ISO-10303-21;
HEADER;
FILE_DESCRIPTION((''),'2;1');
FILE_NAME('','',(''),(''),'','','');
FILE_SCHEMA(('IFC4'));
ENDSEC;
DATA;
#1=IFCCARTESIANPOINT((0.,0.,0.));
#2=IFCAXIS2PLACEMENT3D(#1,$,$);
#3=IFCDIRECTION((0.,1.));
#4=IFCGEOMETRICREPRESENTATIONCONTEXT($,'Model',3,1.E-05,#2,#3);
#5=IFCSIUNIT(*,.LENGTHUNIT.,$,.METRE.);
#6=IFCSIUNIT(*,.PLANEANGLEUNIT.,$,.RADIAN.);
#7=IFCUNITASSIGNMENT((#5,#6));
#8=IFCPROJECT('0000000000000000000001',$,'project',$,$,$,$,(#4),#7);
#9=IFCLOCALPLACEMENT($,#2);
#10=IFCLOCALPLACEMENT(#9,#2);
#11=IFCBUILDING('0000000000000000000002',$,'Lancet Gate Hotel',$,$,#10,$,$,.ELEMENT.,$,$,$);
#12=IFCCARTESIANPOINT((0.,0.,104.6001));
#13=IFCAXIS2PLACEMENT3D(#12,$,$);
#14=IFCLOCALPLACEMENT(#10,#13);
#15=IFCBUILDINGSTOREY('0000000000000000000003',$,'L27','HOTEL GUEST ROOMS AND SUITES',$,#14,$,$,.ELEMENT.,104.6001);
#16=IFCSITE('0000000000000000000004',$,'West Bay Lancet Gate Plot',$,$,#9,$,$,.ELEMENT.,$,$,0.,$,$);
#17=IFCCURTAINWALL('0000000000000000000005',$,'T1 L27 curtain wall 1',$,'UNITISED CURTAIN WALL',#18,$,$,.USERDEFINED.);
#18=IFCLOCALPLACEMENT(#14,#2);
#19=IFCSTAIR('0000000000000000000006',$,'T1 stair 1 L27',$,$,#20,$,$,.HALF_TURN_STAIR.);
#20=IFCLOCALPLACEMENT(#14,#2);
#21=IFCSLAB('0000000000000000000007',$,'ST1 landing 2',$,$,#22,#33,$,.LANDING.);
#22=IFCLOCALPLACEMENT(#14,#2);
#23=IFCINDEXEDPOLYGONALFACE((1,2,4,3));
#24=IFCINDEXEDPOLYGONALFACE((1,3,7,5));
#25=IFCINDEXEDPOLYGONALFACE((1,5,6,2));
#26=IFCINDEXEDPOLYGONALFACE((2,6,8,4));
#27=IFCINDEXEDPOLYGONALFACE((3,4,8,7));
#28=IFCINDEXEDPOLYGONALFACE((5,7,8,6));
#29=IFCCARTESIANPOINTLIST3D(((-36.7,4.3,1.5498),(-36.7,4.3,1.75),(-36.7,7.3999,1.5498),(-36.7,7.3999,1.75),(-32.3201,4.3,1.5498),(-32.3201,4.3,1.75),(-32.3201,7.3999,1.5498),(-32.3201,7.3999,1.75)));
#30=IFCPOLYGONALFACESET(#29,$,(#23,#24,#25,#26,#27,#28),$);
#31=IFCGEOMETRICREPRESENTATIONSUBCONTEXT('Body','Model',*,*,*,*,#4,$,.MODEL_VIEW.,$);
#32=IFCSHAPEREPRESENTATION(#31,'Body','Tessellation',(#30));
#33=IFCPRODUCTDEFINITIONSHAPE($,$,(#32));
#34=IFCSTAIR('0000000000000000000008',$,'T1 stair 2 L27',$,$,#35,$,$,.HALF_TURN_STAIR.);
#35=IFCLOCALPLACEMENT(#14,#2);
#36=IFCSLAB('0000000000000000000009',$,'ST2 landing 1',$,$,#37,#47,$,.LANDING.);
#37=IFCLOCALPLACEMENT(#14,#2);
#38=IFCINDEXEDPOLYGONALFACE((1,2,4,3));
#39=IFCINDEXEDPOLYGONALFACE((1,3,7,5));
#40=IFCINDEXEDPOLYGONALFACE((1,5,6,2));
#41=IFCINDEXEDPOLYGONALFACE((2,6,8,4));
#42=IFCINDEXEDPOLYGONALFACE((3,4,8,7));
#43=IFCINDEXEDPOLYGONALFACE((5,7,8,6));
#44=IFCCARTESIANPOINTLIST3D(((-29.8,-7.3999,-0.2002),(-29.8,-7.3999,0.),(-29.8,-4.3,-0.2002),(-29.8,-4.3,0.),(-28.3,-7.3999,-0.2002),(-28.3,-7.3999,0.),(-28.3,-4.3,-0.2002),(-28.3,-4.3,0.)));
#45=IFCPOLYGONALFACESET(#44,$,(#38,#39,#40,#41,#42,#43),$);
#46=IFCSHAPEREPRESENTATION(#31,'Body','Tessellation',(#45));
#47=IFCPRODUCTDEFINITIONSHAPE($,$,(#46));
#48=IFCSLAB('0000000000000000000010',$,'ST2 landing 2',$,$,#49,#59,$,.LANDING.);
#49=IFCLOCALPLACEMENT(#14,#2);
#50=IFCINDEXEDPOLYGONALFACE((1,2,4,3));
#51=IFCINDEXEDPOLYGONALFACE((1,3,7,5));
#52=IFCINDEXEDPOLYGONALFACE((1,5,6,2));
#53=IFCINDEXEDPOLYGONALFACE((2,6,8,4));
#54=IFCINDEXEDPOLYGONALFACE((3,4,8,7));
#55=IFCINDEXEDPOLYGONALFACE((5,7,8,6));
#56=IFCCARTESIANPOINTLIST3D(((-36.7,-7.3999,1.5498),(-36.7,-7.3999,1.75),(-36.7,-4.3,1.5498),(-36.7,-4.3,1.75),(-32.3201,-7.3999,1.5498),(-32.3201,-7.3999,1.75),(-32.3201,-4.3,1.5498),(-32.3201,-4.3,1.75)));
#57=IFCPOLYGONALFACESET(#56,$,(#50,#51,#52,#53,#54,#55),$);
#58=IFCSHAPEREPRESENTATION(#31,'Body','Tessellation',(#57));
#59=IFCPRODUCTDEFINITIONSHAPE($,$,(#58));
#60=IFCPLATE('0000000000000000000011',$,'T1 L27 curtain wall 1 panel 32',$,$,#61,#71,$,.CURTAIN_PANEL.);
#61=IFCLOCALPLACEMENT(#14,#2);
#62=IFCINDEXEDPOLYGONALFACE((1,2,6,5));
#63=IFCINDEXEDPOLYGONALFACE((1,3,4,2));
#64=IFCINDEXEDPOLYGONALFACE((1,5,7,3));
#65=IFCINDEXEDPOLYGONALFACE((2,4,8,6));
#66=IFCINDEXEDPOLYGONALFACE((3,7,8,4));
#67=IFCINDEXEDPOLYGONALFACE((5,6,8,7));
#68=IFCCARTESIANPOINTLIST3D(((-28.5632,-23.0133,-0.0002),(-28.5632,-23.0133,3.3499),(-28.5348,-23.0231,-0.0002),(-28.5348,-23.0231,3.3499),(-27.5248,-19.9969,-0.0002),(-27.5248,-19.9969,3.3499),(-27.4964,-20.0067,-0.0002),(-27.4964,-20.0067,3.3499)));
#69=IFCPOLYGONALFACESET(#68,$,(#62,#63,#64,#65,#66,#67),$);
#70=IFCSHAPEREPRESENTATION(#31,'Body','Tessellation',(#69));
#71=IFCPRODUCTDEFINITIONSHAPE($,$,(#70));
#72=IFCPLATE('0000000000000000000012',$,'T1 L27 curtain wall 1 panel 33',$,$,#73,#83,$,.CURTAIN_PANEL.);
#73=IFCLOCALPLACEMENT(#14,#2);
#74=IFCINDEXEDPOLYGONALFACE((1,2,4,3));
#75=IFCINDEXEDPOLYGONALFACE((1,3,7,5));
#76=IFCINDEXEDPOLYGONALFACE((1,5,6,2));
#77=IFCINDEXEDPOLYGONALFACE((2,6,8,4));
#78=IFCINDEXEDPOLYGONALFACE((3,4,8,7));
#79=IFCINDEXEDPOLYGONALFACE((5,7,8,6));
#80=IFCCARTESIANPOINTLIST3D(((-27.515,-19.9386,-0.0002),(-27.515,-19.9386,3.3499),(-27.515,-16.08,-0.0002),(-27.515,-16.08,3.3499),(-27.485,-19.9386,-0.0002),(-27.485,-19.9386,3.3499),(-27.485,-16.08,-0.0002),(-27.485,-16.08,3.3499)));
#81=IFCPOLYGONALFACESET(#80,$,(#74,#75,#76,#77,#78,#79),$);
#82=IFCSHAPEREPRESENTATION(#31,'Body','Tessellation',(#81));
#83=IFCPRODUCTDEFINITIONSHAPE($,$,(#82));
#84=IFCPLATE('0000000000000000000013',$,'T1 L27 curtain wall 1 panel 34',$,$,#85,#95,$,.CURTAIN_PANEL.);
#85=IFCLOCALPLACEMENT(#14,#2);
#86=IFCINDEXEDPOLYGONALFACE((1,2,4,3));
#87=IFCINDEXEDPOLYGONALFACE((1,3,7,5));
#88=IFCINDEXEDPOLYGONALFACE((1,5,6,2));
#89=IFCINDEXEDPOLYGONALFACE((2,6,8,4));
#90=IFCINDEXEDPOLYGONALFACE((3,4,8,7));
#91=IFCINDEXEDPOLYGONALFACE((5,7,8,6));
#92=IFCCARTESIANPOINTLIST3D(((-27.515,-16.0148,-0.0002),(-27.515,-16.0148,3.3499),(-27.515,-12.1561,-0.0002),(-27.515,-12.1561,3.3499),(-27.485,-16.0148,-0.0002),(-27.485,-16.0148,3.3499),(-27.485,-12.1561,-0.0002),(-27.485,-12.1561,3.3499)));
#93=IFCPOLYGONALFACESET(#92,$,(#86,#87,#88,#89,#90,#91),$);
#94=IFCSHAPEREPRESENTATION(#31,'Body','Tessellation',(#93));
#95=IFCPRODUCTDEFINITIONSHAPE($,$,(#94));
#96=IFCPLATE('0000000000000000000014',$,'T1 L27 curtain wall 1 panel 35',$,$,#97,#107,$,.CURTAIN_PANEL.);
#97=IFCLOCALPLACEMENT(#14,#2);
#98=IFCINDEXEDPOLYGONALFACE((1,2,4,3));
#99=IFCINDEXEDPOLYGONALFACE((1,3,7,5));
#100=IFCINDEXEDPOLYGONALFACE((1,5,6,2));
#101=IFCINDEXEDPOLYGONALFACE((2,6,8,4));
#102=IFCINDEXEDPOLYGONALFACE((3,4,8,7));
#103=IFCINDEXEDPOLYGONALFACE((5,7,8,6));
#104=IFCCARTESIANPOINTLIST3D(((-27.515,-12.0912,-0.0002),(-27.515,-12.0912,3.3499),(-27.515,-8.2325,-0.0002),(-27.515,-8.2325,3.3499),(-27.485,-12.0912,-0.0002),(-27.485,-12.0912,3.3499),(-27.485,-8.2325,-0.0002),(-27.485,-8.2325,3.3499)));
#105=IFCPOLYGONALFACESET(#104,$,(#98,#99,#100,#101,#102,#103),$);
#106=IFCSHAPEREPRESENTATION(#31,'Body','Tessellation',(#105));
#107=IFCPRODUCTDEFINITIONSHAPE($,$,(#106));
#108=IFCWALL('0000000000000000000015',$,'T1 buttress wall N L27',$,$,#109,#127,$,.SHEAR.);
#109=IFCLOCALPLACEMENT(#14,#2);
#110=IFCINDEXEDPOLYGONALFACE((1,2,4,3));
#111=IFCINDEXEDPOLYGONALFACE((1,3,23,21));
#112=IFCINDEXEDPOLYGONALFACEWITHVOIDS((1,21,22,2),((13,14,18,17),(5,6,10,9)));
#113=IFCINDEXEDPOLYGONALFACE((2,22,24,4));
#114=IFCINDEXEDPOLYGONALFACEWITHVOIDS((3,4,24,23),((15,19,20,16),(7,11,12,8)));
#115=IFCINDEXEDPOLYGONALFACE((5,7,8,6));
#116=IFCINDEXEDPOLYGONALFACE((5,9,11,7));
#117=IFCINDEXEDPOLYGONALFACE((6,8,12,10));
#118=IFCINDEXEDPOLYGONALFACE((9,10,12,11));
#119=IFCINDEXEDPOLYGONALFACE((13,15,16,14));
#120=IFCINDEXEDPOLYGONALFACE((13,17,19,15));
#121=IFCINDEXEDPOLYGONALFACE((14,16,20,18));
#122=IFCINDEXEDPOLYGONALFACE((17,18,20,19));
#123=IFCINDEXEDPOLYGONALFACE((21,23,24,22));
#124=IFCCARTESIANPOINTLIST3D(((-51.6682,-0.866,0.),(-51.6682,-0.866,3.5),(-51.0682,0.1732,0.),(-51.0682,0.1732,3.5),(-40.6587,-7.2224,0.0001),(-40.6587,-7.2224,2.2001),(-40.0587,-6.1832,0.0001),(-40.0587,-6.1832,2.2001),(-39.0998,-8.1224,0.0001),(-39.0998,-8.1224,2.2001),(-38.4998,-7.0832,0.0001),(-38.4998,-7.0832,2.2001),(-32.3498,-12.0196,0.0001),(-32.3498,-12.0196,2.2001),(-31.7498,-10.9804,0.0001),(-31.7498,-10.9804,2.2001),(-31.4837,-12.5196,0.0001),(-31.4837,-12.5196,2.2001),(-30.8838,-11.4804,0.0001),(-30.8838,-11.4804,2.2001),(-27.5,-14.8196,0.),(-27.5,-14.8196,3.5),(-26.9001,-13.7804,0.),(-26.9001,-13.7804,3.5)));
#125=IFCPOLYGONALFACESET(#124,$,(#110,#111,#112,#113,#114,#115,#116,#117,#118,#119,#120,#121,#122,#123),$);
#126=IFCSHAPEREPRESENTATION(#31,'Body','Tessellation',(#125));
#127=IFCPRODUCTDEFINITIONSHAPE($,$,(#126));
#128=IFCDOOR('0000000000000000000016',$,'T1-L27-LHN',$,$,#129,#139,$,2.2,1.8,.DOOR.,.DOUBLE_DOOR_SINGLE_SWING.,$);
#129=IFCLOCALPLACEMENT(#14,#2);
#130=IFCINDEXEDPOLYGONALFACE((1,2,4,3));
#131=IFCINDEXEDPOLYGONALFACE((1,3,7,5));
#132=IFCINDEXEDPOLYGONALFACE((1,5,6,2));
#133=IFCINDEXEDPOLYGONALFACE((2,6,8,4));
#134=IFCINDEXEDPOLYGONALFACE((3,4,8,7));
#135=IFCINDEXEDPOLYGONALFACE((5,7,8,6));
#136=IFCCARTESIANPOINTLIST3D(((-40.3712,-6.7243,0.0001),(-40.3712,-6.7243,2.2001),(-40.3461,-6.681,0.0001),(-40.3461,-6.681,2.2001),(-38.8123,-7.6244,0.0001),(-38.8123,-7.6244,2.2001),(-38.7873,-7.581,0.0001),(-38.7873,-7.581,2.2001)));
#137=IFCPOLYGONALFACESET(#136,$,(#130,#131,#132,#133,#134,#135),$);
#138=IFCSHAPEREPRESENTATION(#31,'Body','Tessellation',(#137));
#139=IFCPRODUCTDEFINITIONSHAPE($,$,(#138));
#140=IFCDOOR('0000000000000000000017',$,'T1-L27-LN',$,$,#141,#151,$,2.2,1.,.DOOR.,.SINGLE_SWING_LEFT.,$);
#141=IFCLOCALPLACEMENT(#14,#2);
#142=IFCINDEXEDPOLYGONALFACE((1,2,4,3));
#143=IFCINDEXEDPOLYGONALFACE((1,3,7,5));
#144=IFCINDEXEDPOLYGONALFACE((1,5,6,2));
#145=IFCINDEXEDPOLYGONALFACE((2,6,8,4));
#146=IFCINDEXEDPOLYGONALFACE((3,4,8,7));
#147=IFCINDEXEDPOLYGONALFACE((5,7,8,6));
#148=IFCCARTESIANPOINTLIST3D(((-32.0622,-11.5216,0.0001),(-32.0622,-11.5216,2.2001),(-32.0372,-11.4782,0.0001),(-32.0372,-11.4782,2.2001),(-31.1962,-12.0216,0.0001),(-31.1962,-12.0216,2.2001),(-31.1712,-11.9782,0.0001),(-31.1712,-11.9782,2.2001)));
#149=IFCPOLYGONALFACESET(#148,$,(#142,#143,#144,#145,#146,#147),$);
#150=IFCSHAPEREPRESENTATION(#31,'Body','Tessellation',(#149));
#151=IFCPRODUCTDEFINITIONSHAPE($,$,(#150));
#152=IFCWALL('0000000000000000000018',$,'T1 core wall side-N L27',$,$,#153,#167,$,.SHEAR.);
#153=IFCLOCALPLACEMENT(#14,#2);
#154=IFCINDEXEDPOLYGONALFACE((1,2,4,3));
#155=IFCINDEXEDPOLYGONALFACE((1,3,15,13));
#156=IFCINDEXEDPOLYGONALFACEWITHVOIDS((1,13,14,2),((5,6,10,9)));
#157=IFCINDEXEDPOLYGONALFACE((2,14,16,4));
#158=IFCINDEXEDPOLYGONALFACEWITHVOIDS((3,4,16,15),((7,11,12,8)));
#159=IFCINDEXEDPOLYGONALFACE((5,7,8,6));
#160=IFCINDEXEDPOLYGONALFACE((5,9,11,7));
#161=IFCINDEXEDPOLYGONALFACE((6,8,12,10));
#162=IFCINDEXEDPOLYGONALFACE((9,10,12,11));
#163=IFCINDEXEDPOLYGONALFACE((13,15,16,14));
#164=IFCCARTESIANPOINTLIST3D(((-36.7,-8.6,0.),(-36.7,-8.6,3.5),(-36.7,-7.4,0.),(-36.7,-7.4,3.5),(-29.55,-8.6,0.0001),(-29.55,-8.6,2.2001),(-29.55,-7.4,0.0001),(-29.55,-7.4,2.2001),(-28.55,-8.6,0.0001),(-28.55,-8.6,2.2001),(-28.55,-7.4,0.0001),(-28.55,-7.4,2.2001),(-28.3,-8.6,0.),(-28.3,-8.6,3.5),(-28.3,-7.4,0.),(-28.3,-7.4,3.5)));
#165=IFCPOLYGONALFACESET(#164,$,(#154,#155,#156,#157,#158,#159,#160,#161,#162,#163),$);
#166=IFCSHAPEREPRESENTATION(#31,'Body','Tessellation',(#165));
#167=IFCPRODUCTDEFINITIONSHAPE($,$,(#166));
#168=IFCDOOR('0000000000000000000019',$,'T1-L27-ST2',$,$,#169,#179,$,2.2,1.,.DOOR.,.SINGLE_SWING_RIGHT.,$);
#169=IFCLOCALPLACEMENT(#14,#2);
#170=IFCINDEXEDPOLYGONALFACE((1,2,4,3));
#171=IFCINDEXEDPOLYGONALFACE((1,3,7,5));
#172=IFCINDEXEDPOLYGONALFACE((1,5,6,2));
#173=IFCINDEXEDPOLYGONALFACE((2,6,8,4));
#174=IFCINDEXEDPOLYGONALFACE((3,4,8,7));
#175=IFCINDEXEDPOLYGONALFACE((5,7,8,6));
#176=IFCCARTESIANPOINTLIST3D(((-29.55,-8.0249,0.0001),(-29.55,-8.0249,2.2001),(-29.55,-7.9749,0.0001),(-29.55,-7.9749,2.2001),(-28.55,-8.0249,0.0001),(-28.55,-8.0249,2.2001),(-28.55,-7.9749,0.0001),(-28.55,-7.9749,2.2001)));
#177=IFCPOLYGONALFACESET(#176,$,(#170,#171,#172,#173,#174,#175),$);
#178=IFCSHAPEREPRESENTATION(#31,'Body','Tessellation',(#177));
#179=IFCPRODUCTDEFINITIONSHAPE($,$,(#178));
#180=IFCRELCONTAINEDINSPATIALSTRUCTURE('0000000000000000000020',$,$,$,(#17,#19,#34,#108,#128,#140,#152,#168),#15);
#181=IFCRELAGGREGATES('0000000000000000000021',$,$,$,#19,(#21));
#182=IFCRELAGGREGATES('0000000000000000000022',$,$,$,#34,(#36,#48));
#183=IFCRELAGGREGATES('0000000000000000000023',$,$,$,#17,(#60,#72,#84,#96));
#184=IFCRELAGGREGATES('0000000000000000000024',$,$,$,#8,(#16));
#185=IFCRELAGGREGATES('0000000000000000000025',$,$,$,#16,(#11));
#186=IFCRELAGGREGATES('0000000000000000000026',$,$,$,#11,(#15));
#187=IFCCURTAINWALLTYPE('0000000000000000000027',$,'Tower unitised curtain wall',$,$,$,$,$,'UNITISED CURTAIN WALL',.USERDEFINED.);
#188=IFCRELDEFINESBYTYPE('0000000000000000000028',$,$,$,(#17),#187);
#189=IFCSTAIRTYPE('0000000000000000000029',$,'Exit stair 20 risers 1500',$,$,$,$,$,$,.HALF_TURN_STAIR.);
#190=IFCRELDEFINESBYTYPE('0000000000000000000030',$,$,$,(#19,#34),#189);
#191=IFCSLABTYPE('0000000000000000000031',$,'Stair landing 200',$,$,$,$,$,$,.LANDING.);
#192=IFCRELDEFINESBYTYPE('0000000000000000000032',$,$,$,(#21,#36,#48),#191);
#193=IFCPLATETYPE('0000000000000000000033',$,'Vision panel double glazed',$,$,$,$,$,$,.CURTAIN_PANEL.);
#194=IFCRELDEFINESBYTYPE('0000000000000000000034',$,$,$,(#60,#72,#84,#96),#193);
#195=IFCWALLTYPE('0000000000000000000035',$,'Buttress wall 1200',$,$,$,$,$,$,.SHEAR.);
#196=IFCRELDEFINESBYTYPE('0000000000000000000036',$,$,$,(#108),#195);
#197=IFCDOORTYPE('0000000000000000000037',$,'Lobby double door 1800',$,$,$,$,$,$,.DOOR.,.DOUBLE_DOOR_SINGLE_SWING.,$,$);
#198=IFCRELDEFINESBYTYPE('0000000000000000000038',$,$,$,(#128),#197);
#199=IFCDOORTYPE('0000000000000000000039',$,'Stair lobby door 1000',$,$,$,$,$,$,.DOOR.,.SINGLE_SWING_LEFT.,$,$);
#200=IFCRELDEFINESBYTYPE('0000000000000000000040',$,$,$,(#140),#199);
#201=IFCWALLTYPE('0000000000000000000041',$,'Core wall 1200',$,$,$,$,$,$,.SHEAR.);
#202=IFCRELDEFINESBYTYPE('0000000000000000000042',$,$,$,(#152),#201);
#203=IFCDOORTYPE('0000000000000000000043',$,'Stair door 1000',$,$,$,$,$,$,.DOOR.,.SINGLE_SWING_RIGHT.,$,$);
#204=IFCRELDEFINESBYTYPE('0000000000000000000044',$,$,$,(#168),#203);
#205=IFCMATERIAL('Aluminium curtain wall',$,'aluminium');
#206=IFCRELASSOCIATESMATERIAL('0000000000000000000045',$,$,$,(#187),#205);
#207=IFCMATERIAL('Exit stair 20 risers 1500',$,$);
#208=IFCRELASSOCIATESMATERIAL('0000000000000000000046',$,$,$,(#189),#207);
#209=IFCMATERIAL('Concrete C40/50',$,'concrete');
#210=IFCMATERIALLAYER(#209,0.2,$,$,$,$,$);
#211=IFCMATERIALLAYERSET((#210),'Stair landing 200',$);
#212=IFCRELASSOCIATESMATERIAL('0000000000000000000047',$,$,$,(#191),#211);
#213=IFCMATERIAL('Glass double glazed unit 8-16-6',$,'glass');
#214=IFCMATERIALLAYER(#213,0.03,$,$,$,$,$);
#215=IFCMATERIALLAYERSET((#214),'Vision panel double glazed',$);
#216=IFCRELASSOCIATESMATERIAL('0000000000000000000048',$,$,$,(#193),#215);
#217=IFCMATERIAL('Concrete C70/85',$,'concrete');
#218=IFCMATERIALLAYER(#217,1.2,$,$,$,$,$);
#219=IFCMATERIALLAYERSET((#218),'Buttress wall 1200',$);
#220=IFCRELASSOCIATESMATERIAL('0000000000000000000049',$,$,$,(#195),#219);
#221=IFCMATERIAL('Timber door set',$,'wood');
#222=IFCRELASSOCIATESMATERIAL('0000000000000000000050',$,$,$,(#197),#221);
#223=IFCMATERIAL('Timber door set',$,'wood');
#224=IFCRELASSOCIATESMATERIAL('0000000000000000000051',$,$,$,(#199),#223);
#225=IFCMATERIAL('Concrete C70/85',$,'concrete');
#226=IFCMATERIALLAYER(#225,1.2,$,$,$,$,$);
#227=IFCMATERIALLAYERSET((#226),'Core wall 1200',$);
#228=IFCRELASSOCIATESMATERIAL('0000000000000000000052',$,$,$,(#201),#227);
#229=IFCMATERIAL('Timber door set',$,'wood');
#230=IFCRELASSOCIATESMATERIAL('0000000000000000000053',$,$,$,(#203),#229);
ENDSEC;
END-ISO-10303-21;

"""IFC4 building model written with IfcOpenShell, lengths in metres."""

from ifc_helpers import new_model, si_unit, direction, frame, frame_2d, origin, origin_2d, place, context, subcontext, project, spatial, polyline, rectangle, outline, extrude, material, layer, layer_set, type_object, element, fill, aggregate, save


model = new_model("IFC4")

# Units and contexts
model_context = context("Model", 3, precision=1e-05, world=origin(), true_north=direction((0.0, 1.0)))
body_context = subcontext(model_context, "Body", "Model", "MODEL_VIEW")
ifc_project = project(units=[si_unit("LENGTHUNIT", "METRE"), si_unit("PLANEANGLEUNIT", "RADIAN")], contexts=[model_context])

# Site, building, storey
site_placement = place(None, origin())
site = spatial("IfcSite", under=ifc_project, at=site_placement, Name="West Bay Lancet Gate Plot", CompositionType="ELEMENT", RefElevation=0.0)
building_placement = place(site_placement, origin())
building = spatial("IfcBuilding", under=site, at=building_placement, Name="Lancet Gate Hotel", CompositionType="ELEMENT")
storey_placement = place(building_placement, frame((0.0, 0.0, 104.6001)))
storey = spatial("IfcBuildingStorey", under=building, at=storey_placement, Name="L27", Description="HOTEL GUEST ROOMS AND SUITES", CompositionType="ELEMENT", Elevation=104.6001)

# Curtain wall
ifc_material_1 = material(Name="Aluminium curtain wall", Category="aluminium")
curtain_wall_type = type_object("IfcCurtainWallType", Name="Tower unitised curtain wall", ElementType="UNITISED CURTAIN WALL", PredefinedType="USERDEFINED", material=ifc_material_1)
curtain_wall_placement = place(storey_placement, origin())
curtain_wall = element("IfcCurtainWall", 1, at=curtain_wall_placement, inside=storey, type_object=curtain_wall_type, Name="T1 L27 curtain wall 1", ObjectType="UNITISED CURTAIN WALL", PredefinedType="USERDEFINED")

# Stairs, slabs
ifc_material_2 = material(Name="Exit stair 20 risers 1500")
stair_type = type_object("IfcStairType", Name="Exit stair 20 risers 1500", PredefinedType="HALF_TURN_STAIR", material=ifc_material_2)
stair_1_placement = place(storey_placement, origin())
stair_1 = element("IfcStair", 2, at=stair_1_placement, inside=storey, type_object=stair_type, Name="T1 stair 1 L27", PredefinedType="HALF_TURN_STAIR")
ifc_material_3 = material(Name="Concrete C40/50", Category="concrete")
ifc_layer_1 = layer(ifc_material_3, 0.2)
ifc_layer_set_1 = layer_set([ifc_layer_1], Name="Stair landing 200")
slab_type_1 = type_object("IfcSlabType", Name="Stair landing 200", PredefinedType="LANDING", material=ifc_layer_set_1)
slab_1_placement = place(storey_placement, frame((0.0, 0.0, 1.5498)))
slab_1 = element("IfcSlab", 3, at=slab_1_placement, type_object=slab_type_1, Name="ST1 landing 2", PredefinedType="LANDING", context=body_context, shape_type="SweptSolid", body=[
    extrude(outline(polyline([(-32.3201, 7.3999), (-36.7, 7.3999), (-36.7, 4.3), (-32.3201, 4.3), (-32.3201, 7.3999)])), origin(), (0.0, 0.0, 1.0), 0.2002),
])
aggregate(stair_1, [slab_1])
stair_2_placement = place(storey_placement, origin())
stair_2 = element("IfcStair", 4, at=stair_2_placement, inside=storey, type_object=stair_type, Name="T1 stair 2 L27", PredefinedType="HALF_TURN_STAIR")
slab_2_placement = place(storey_placement, frame((0.0, 0.0, -0.2002)))
slab_2 = element("IfcSlab", 5, at=slab_2_placement, type_object=slab_type_1, Name="ST2 landing 1", PredefinedType="LANDING", context=body_context, shape_type="SweptSolid", body=[
    extrude(outline(polyline([(-28.3, -4.3), (-29.8, -4.3), (-29.8, -7.3999), (-28.3, -7.3999), (-28.3, -4.3)])), origin(), (0.0, 0.0, 1.0), 0.2002),
])
slab_3_placement = place(storey_placement, frame((0.0, 0.0, 1.5498)))
slab_3 = element("IfcSlab", 6, at=slab_3_placement, type_object=slab_type_1, Name="ST2 landing 2", PredefinedType="LANDING", context=body_context, shape_type="SweptSolid", body=[
    extrude(outline(polyline([(-32.3201, -4.3), (-36.7, -4.3), (-36.7, -7.3999), (-32.3201, -7.3999), (-32.3201, -4.3)])), origin(), (0.0, 0.0, 1.0), 0.2002),
])
aggregate(stair_2, [slab_2, slab_3])

# Plates
ifc_material_4 = material(Name="Glass double glazed unit 8-16-6", Category="glass")
ifc_layer_2 = layer(ifc_material_4, 0.03)
ifc_layer_set_2 = layer_set([ifc_layer_2], Name="Vision panel double glazed")
plate_type = type_object("IfcPlateType", Name="Vision panel double glazed", PredefinedType="CURTAIN_PANEL", material=ifc_layer_set_2)
plate_1_placement = place(storey_placement, frame((-28.0298, -21.51, -0.0002), z_axis=(0.0, 0.0, 1.0), x_axis=(0.325516, 0.945537, 0.0)))
plate_1 = element("IfcPlate", 7, at=plate_1_placement, type_object=plate_type, Name="T1 L27 curtain wall 1 panel 32", PredefinedType="CURTAIN_PANEL", context=body_context, shape_type="SweptSolid", body=[
    extrude(rectangle(XDim=3.1902, YDim=0.03, at=origin_2d()), origin(), (0.0, 0.0, 1.0), 3.3501),
])
plate_2_placement = place(storey_placement, frame((-27.5, -18.0093, -0.0002), z_axis=(0.0, 0.0, 1.0), x_axis=(0.0, 1.0, 0.0)))
plate_2 = element("IfcPlate", 8, at=plate_2_placement, type_object=plate_type, Name="T1 L27 curtain wall 1 panel 33", PredefinedType="CURTAIN_PANEL", context=body_context, shape_type="SweptSolid", body=[
    extrude(rectangle(XDim=3.8586, YDim=0.03, at=origin_2d()), origin(), (0.0, 0.0, 1.0), 3.3501),
])
plate_3_placement = place(storey_placement, frame((-27.5, -14.0854, -0.0002), z_axis=(0.0, 0.0, 1.0), x_axis=(0.0, 1.0, 0.0)))
plate_3 = element("IfcPlate", 9, at=plate_3_placement, type_object=plate_type, Name="T1 L27 curtain wall 1 panel 34", PredefinedType="CURTAIN_PANEL", context=body_context, shape_type="SweptSolid", body=[
    extrude(rectangle(XDim=3.8586, YDim=0.03, at=origin_2d()), origin(), (0.0, 0.0, 1.0), 3.3501),
])
plate_4_placement = place(storey_placement, frame((-27.5, -10.1619, -0.0002), z_axis=(0.0, 0.0, 1.0), x_axis=(0.0, 1.0, 0.0)))
plate_4 = element("IfcPlate", 10, at=plate_4_placement, type_object=plate_type, Name="T1 L27 curtain wall 1 panel 35", PredefinedType="CURTAIN_PANEL", context=body_context, shape_type="SweptSolid", body=[
    extrude(rectangle(XDim=3.8586, YDim=0.03, at=origin_2d()), origin(), (0.0, 0.0, 1.0), 3.3501),
])
aggregate(curtain_wall, [plate_1, plate_2, plate_3, plate_4])

# Wall, openings, doors
ifc_material_5 = material(Name="Concrete C70/85", Category="concrete")
ifc_layer_3 = layer(ifc_material_5, 1.2)
ifc_layer_set_3 = layer_set([ifc_layer_3], Name="Buttress wall 1200")
wall_type_1 = type_object("IfcWallType", Name="Buttress wall 1200", PredefinedType="SHEAR", material=ifc_layer_set_3)
wall_1_placement = place(storey_placement, frame((-27.2, -14.3, 0.0), z_axis=(0.0, 0.0, 1.0), x_axis=(-0.866024, 0.500002, 0.0)))
wall_1 = element("IfcWall", 11, at=wall_1_placement, inside=storey, type_object=wall_type_1, Name="T1 buttress wall N L27", PredefinedType="SHEAR", context=body_context, shape_type="SweptSolid", body=[
    extrude(rectangle(XDim=27.907, YDim=1.2, at=frame_2d((13.9536, 0.0))), origin(), (0.0, 0.0, 1.0), 3.5),
])
opening_1_placement = place(wall_1_placement, frame((4.6001, 0.0, 0.0)))
opening_1 = element("IfcOpeningElement", 12, at=opening_1_placement, cuts=wall_1, PredefinedType="OPENING", context=body_context, shape_type="SweptSolid", body=[
    extrude(rectangle(XDim=1.0, YDim=2.2, at=frame_2d((0.5, 1.1001))), frame((0.0, 0.6099, 0.0), z_axis=(0.0, -1.0, 0.0), x_axis=(1.0, 0.0, 0.0)), (0.0, 0.0, 1.0), 1.22),
])
opening_2_placement = place(wall_1_placement, frame((13.3945, 0.0, 0.0)))
opening_2 = element("IfcOpeningElement", 13, at=opening_2_placement, cuts=wall_1, PredefinedType="OPENING", context=body_context, shape_type="SweptSolid", body=[
    extrude(rectangle(XDim=1.8, YDim=2.2, at=frame_2d((0.8999, 1.1001))), frame((0.0, 0.6099, 0.0), z_axis=(0.0, -1.0, 0.0), x_axis=(1.0, 0.0, 0.0)), (0.0, 0.0, 1.0), 1.22),
])
ifc_material_6 = material(Name="Timber door set", Category="wood")
door_type_1 = type_object("IfcDoorType", Name="Lobby double door 1800", OperationType="DOUBLE_DOOR_SINGLE_SWING", PredefinedType="DOOR", material=ifc_material_6)
door_1_placement = place(opening_2_placement, origin())
door_1 = element("IfcDoor", 14, at=door_1_placement, inside=storey, type_object=door_type_1, Name="T1-L27-LHN", OperationType="DOUBLE_DOOR_SINGLE_SWING", OverallHeight=2.2, OverallWidth=1.8, PredefinedType="DOOR", context=body_context, shape_type="SweptSolid", body=[
    extrude(rectangle(XDim=1.8, YDim=2.2, at=frame_2d((0.8999, 1.1001))), frame((0.0, 0.0249, 0.0), z_axis=(0.0, -1.0, 0.0), x_axis=(1.0, 0.0, 0.0)), (0.0, 0.0, 1.0), 0.05),
])
fill(opening_2, door_1)
ifc_material_7 = material(Name="Timber door set", Category="wood")
door_type_2 = type_object("IfcDoorType", Name="Stair lobby door 1000", OperationType="SINGLE_SWING_LEFT", PredefinedType="DOOR", material=ifc_material_7)
door_2_placement = place(opening_1_placement, origin())
door_2 = element("IfcDoor", 15, at=door_2_placement, inside=storey, type_object=door_type_2, Name="T1-L27-LN", OperationType="SINGLE_SWING_LEFT", OverallHeight=2.2, OverallWidth=1.0, PredefinedType="DOOR", context=body_context, shape_type="SweptSolid", body=[
    extrude(rectangle(XDim=1.0, YDim=2.2, at=frame_2d((0.5, 1.1001))), frame((0.0, 0.0249, 0.0), z_axis=(0.0, -1.0, 0.0), x_axis=(1.0, 0.0, 0.0)), (0.0, 0.0, 1.0), 0.05),
])
fill(opening_1, door_2)

# Wall, opening, door
ifc_material_8 = material(Name="Concrete C70/85", Category="concrete")
ifc_layer_4 = layer(ifc_material_8, 1.2)
ifc_layer_set_4 = layer_set([ifc_layer_4], Name="Core wall 1200")
wall_type_2 = type_object("IfcWallType", Name="Core wall 1200", PredefinedType="SHEAR", material=ifc_layer_set_4)
wall_2_placement = place(storey_placement, frame((-28.3, -8.0, 0.0), z_axis=(0.0, 0.0, 1.0), x_axis=(-1.0, 0.0, 0.0)))
wall_2 = element("IfcWall", 16, at=wall_2_placement, inside=storey, type_object=wall_type_2, Name="T1 core wall side-N L27", PredefinedType="SHEAR", context=body_context, shape_type="SweptSolid", body=[
    extrude(rectangle(XDim=8.3999, YDim=1.2, at=frame_2d((4.2, 0.0))), origin(), (0.0, 0.0, 1.0), 3.5),
])
opening_3_placement = place(wall_2_placement, frame((0.25, 0.0, 0.0)))
opening_3 = element("IfcOpeningElement", 17, at=opening_3_placement, cuts=wall_2, PredefinedType="OPENING", context=body_context, shape_type="SweptSolid", body=[
    extrude(rectangle(XDim=1.0, YDim=2.2, at=frame_2d((0.5, 1.1001))), frame((0.0, 0.6099, 0.0), z_axis=(0.0, -1.0, 0.0), x_axis=(1.0, 0.0, 0.0)), (0.0, 0.0, 1.0), 1.22),
])
ifc_material_9 = material(Name="Timber door set", Category="wood")
door_type_3 = type_object("IfcDoorType", Name="Stair door 1000", OperationType="SINGLE_SWING_RIGHT", PredefinedType="DOOR", material=ifc_material_9)
door_3_placement = place(opening_3_placement, origin())
door_3 = element("IfcDoor", 18, at=door_3_placement, inside=storey, type_object=door_type_3, Name="T1-L27-ST2", OperationType="SINGLE_SWING_RIGHT", OverallHeight=2.2, OverallWidth=1.0, PredefinedType="DOOR", context=body_context, shape_type="SweptSolid", body=[
    extrude(rectangle(XDim=1.0, YDim=2.2, at=frame_2d((0.5, 1.1001))), frame((0.0, 0.0249, 0.0), z_axis=(0.0, -1.0, 0.0), x_axis=(1.0, 0.0, 0.0)), (0.0, 0.0, 1.0), 0.05),
])
fill(opening_3, door_3)

save(model, "model.ifc")
